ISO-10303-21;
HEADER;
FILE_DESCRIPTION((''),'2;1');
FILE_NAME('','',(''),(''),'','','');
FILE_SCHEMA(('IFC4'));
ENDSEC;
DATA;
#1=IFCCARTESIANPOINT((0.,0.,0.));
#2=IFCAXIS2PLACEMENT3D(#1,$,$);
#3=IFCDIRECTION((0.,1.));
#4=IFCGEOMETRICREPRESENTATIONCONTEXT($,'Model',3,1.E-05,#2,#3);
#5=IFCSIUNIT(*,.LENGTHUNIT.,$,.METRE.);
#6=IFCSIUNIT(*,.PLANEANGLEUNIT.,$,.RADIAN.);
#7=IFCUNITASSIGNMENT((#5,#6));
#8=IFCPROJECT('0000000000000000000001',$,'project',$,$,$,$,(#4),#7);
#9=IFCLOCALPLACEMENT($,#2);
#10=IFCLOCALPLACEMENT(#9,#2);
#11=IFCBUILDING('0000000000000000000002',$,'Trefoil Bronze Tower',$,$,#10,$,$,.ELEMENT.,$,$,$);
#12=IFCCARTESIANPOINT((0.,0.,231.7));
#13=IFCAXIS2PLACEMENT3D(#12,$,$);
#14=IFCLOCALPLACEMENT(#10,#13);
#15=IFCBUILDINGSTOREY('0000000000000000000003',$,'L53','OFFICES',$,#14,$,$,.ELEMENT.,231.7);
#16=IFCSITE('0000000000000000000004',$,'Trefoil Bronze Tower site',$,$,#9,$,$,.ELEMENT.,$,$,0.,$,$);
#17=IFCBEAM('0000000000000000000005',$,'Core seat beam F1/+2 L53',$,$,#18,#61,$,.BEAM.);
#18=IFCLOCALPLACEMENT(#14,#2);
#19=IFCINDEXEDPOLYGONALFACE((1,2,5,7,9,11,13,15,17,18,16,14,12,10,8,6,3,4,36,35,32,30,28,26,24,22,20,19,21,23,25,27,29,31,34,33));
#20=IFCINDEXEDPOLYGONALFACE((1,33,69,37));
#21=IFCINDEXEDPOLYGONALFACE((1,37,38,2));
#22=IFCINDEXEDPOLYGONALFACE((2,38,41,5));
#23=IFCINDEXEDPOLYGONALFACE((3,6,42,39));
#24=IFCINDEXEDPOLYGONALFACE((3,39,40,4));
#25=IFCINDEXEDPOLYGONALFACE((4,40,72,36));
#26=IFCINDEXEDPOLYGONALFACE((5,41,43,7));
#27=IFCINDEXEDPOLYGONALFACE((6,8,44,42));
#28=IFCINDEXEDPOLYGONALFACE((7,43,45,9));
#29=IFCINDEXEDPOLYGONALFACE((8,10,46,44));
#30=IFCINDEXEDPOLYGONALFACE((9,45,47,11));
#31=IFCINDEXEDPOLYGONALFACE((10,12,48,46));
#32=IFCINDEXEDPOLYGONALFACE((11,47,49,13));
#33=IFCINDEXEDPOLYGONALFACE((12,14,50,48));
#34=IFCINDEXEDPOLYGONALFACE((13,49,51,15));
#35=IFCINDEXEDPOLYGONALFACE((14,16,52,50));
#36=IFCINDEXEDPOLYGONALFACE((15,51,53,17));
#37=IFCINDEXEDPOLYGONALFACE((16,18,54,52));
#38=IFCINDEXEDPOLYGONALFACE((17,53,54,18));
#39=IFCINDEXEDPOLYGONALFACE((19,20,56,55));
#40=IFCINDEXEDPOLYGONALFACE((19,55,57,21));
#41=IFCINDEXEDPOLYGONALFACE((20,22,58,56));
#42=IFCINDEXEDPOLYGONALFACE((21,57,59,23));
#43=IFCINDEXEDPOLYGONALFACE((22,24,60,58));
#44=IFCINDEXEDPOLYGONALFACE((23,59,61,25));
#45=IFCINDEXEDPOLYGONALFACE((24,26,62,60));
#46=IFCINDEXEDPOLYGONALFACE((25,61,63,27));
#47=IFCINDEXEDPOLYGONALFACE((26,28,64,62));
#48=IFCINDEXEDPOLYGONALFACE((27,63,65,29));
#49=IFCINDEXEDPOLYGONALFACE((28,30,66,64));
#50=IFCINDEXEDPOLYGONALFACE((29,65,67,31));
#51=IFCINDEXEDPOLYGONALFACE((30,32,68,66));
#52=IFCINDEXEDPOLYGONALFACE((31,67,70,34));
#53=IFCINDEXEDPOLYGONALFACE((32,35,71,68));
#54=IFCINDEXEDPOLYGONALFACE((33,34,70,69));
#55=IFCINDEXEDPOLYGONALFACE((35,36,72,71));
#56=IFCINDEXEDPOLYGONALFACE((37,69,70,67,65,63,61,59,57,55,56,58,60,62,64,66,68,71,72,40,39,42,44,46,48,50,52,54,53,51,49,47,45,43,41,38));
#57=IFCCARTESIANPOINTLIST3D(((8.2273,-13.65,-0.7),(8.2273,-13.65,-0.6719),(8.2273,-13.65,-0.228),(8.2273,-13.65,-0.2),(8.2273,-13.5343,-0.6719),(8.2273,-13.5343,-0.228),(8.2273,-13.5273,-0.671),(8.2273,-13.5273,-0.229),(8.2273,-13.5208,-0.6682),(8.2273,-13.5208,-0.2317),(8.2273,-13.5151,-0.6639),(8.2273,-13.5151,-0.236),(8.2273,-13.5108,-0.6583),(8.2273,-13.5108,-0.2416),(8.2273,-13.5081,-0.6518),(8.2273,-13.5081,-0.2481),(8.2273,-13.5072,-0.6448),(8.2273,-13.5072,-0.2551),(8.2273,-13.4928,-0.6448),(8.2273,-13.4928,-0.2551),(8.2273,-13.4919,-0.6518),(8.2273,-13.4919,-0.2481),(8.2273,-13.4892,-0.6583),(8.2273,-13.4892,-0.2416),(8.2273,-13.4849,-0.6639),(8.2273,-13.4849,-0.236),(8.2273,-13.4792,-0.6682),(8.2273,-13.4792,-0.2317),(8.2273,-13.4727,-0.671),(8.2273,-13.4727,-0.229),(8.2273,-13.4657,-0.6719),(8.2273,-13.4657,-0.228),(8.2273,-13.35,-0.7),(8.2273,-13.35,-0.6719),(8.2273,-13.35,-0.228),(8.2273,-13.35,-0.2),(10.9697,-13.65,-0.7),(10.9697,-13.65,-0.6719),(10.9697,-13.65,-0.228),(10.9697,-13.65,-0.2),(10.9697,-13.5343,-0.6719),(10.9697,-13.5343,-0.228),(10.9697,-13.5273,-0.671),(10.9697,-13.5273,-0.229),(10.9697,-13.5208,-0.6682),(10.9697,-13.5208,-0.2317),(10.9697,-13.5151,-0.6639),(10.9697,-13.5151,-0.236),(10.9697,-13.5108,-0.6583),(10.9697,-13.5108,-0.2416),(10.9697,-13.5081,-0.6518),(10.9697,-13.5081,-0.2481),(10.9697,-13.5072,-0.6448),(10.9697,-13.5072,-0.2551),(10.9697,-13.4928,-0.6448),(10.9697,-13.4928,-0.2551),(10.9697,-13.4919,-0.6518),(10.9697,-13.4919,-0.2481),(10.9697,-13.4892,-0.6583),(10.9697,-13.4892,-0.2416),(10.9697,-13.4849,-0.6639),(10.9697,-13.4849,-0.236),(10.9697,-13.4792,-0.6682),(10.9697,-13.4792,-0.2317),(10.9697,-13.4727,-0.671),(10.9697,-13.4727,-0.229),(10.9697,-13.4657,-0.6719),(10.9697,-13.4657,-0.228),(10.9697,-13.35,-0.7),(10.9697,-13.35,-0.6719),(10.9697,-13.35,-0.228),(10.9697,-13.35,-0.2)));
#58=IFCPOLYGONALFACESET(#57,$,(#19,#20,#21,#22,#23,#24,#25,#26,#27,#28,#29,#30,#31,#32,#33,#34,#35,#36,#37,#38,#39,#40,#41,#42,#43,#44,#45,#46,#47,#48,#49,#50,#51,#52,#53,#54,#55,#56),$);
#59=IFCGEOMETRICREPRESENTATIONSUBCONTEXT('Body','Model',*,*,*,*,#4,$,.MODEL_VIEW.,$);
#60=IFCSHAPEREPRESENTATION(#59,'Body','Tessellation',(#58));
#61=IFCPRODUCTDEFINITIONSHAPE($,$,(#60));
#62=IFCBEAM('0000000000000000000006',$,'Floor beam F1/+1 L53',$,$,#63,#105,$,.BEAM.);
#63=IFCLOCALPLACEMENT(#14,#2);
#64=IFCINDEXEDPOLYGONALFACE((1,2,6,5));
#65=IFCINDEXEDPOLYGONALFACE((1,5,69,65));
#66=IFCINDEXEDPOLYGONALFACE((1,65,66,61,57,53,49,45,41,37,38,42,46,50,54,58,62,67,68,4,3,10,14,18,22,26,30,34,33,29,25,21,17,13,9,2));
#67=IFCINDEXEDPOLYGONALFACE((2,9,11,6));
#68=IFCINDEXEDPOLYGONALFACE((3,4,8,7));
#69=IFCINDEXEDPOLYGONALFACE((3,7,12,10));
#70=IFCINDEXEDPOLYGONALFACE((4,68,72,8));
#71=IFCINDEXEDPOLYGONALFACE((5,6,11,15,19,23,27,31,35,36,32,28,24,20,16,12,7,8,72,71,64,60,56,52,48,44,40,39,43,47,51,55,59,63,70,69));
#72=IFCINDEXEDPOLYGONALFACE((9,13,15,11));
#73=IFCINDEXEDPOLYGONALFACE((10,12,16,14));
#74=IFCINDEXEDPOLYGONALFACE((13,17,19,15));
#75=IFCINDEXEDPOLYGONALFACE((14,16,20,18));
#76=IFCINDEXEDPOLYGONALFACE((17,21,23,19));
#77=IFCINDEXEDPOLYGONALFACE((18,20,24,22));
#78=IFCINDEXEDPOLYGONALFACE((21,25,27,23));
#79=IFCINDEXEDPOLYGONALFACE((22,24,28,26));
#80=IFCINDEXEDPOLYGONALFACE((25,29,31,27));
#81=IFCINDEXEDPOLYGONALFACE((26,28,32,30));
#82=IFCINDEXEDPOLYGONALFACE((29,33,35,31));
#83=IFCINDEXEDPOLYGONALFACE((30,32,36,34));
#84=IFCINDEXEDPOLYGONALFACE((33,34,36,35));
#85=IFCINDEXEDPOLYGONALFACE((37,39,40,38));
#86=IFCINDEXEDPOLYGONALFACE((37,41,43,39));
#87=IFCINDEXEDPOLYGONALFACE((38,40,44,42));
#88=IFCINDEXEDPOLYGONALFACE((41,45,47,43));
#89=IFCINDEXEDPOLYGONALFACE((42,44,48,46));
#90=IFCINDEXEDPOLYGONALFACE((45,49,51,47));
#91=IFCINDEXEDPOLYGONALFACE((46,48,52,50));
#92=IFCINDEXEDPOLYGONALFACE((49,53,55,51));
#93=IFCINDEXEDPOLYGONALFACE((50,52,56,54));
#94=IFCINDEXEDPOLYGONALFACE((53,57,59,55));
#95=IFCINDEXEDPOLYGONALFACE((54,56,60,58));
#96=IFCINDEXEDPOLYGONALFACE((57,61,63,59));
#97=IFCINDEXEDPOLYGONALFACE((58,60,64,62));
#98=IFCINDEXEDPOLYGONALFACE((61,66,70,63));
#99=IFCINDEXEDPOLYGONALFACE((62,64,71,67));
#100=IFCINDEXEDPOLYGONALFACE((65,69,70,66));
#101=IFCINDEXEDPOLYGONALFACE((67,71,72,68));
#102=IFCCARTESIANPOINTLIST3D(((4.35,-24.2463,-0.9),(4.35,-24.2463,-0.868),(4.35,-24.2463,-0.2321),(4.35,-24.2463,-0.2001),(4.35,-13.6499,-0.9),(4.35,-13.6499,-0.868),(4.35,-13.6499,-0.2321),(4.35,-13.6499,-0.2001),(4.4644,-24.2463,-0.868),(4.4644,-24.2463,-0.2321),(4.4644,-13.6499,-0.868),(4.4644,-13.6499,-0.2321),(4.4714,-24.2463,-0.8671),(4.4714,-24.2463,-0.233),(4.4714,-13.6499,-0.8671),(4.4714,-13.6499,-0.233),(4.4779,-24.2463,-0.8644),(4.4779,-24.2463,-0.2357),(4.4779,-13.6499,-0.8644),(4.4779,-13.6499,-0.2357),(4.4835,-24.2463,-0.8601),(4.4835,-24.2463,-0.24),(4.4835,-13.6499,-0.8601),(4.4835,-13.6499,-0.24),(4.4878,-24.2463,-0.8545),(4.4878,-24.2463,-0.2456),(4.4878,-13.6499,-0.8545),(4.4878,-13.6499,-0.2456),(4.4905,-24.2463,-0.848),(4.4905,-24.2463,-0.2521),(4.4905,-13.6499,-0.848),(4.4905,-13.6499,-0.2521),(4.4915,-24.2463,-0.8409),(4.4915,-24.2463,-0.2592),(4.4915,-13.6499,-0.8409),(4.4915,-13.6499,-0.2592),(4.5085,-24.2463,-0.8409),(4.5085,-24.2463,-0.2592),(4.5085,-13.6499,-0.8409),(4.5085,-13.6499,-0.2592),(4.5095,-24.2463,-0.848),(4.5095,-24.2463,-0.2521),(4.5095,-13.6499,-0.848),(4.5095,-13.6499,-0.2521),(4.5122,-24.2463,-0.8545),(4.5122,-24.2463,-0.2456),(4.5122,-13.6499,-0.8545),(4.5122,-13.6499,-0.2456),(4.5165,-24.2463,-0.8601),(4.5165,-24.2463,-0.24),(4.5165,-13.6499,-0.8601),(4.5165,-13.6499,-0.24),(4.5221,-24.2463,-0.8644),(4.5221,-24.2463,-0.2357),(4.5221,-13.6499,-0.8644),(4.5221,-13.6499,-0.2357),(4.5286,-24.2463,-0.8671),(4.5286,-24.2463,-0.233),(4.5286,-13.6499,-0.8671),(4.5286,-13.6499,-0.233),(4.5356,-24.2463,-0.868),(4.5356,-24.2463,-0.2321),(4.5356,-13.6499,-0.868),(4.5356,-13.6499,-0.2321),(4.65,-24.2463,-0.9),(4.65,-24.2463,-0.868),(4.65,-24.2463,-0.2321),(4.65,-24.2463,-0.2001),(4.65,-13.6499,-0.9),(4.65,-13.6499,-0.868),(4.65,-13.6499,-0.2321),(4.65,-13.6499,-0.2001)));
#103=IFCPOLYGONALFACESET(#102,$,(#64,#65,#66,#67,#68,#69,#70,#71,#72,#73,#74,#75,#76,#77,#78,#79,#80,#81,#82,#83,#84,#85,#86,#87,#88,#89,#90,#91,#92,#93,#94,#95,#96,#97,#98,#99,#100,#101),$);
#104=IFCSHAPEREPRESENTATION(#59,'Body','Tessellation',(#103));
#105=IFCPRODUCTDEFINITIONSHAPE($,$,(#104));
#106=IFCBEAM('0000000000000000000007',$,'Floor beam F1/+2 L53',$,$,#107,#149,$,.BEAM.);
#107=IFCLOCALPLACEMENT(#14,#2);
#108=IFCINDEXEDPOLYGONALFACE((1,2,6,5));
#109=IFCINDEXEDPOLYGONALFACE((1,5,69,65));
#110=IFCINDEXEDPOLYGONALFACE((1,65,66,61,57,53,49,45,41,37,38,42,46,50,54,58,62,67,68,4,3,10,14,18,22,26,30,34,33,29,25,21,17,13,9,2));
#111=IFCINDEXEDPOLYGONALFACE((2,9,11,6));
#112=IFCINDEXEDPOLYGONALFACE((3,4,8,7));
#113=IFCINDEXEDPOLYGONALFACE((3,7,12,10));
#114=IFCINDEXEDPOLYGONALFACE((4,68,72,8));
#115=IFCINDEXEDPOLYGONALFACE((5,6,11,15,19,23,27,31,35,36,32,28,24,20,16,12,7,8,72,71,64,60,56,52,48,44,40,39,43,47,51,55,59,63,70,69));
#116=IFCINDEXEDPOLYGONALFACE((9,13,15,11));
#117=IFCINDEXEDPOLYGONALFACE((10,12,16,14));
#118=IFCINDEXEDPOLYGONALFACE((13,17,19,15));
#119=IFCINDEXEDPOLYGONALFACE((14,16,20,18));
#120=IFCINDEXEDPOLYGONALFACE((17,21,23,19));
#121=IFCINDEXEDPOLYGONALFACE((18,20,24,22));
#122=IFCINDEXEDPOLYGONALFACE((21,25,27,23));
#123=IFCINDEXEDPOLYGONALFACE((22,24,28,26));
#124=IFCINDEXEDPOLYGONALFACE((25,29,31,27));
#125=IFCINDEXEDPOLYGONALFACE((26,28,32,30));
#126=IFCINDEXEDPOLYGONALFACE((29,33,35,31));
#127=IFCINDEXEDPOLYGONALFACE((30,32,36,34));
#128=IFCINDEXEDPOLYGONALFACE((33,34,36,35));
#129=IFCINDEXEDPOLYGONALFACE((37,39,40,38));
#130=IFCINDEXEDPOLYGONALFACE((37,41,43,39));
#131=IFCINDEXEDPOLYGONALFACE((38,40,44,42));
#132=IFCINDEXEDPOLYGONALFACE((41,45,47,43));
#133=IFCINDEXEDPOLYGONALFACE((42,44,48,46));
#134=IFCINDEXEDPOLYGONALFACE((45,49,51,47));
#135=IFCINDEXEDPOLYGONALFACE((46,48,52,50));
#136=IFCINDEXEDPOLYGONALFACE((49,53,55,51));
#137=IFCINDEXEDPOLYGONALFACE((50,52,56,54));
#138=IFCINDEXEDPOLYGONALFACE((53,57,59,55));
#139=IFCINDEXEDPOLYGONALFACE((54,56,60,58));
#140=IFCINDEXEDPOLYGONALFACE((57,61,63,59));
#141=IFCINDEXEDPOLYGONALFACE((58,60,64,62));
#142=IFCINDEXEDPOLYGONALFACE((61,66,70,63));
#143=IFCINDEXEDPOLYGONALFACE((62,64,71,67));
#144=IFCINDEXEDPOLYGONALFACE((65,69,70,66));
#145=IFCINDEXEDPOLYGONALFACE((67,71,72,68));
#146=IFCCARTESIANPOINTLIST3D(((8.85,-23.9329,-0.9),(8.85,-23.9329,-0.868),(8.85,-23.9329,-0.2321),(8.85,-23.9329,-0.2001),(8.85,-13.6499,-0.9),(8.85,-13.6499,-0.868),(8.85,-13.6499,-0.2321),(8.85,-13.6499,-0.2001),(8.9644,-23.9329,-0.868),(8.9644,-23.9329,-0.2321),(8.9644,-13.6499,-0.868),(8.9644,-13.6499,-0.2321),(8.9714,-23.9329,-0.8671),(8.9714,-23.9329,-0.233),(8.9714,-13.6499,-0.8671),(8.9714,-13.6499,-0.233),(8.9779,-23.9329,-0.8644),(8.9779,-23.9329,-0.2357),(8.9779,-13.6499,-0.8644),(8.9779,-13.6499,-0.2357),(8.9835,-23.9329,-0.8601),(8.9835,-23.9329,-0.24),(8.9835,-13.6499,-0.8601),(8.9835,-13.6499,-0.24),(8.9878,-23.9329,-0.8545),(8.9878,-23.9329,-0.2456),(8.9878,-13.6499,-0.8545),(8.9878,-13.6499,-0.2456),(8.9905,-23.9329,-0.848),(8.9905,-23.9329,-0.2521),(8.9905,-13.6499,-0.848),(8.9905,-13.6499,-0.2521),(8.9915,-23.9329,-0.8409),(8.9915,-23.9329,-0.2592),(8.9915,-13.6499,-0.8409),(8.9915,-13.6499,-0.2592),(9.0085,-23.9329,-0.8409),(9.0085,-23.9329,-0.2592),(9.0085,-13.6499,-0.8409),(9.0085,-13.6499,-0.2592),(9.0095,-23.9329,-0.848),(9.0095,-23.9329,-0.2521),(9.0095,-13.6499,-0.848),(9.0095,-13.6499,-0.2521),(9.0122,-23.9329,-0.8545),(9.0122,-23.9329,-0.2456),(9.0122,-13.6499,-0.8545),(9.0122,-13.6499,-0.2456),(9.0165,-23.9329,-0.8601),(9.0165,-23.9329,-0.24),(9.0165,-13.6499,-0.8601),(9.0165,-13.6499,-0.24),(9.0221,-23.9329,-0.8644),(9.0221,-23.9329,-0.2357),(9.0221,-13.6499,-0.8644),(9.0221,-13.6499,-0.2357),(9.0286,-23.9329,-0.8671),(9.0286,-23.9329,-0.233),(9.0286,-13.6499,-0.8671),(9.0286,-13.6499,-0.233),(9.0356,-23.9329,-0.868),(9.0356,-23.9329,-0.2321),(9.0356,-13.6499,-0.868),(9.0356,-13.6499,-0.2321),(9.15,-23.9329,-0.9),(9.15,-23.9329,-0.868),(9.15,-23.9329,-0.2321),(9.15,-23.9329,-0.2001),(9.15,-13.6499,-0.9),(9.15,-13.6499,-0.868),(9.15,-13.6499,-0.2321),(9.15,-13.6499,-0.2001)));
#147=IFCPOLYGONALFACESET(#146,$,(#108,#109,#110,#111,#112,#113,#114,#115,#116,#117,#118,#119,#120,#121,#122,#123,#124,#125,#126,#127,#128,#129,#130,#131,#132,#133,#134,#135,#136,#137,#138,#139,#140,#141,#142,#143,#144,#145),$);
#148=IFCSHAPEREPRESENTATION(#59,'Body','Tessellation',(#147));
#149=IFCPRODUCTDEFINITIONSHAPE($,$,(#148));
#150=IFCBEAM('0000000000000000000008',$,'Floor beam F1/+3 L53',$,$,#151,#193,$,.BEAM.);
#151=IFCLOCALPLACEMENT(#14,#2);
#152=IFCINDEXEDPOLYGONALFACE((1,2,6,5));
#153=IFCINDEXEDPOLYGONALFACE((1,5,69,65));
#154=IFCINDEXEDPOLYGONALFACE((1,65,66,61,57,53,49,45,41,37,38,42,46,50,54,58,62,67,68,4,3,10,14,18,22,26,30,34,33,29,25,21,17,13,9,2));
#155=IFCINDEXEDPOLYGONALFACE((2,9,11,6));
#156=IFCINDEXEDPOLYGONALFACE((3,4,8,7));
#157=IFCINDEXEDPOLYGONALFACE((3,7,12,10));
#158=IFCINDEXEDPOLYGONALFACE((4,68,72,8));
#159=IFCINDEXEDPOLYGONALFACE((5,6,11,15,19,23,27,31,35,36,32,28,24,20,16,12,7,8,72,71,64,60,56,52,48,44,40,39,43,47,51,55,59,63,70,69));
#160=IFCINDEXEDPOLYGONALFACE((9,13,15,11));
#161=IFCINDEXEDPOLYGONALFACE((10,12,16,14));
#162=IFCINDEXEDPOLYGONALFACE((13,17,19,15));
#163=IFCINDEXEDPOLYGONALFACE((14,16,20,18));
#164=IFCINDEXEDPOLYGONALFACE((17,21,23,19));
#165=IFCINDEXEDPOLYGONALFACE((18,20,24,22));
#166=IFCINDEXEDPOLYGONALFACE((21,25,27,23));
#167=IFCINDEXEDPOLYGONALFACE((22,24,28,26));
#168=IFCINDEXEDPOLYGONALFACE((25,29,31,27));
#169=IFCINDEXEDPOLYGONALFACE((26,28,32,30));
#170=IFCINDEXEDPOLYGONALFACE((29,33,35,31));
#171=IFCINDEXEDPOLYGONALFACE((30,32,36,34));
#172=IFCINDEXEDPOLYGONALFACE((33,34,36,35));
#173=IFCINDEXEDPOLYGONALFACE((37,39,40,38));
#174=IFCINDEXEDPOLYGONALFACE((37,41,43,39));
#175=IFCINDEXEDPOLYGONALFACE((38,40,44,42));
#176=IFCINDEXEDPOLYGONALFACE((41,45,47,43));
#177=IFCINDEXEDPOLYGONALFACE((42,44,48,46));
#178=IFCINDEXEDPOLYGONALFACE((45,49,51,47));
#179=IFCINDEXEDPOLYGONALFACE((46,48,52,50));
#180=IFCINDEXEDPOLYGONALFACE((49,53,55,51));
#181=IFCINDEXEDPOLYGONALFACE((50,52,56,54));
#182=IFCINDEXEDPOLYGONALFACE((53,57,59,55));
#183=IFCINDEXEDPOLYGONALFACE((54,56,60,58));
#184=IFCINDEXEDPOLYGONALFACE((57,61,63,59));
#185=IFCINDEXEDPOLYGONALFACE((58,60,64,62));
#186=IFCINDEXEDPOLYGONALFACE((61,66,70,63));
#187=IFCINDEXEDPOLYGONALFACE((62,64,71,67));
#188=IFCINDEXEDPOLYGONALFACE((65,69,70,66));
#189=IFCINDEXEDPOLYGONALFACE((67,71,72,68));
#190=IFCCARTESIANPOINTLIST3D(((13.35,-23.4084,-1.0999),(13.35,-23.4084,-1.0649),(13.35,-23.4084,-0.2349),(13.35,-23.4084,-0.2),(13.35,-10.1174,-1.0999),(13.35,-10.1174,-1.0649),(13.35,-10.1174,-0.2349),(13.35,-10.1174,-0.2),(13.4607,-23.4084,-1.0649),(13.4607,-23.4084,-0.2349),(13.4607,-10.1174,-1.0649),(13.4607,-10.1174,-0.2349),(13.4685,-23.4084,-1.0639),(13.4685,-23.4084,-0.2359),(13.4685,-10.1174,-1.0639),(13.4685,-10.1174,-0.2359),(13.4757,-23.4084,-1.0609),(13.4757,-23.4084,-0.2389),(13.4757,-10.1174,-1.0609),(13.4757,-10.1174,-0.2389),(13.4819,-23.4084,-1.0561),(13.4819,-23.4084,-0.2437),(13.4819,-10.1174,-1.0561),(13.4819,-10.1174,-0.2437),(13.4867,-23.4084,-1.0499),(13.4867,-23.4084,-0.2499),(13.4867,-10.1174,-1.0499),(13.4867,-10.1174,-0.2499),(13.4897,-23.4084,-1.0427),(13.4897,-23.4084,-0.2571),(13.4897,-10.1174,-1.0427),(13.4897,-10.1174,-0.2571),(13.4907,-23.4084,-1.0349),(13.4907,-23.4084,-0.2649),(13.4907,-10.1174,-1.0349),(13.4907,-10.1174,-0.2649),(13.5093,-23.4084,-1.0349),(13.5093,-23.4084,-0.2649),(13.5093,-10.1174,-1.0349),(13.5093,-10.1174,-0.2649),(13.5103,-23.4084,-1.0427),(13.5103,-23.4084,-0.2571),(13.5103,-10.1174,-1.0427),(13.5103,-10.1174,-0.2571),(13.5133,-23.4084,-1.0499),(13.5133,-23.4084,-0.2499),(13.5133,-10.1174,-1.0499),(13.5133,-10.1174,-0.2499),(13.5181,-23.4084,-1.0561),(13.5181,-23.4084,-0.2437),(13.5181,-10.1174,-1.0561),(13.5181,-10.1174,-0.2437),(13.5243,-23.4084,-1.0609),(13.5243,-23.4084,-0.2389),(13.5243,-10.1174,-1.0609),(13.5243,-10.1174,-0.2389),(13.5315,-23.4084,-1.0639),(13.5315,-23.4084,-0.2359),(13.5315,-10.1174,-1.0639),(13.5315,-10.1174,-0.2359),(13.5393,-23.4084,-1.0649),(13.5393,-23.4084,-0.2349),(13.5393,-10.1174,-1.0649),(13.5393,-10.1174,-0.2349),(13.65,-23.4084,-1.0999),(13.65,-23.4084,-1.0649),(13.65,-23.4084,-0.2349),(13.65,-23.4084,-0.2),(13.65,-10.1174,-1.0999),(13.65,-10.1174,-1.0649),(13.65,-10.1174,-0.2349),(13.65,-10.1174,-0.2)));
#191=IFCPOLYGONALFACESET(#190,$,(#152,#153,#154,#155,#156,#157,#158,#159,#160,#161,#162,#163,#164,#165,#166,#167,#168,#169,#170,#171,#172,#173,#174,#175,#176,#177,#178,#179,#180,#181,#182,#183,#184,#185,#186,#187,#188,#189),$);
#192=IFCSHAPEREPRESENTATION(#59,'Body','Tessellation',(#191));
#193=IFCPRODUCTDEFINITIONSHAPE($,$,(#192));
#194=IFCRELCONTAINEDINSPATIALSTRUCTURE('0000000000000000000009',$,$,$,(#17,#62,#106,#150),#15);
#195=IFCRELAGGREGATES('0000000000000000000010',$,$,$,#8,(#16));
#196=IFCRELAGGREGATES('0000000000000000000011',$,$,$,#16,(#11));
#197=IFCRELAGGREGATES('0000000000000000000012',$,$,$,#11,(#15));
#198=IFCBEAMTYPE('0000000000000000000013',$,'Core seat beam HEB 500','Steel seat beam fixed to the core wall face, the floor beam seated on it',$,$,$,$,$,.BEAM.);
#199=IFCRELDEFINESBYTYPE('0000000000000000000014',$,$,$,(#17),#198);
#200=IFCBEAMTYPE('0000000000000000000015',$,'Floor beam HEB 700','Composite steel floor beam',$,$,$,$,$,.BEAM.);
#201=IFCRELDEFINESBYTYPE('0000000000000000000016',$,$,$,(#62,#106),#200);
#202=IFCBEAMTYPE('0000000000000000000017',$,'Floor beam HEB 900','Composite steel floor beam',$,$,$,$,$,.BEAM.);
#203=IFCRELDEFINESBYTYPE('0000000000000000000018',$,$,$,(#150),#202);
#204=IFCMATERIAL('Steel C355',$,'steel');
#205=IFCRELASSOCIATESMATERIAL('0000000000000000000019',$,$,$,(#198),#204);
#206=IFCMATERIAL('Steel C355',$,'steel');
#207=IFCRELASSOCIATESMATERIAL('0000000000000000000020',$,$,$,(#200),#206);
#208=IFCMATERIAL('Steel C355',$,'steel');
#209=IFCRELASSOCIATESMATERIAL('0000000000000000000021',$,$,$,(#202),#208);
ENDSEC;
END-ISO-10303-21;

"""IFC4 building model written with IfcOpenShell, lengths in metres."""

from ifc_helpers import new_model, si_unit, direction, frame, origin, origin_2d, place, context, subcontext, project, spatial, i_section, extrude, material, material_profile, profile_set, type_object, element, save


model = new_model("IFC4")

# Units and contexts
model_context = context("Model", 3, precision=1e-05, world=origin(), true_north=direction((0.0, 1.0)))
body_context = subcontext(model_context, "Body", "Model", "MODEL_VIEW")
ifc_project = project(units=[si_unit("LENGTHUNIT", "METRE"), si_unit("PLANEANGLEUNIT", "RADIAN")], contexts=[model_context])

# Site, building, storey
site_placement = place(None, origin())
site = spatial("IfcSite", under=ifc_project, at=site_placement, Name="Trefoil Bronze Tower site", CompositionType="ELEMENT", RefElevation=0.0)
building_placement = place(site_placement, origin())
building = spatial("IfcBuilding", under=site, at=building_placement, Name="Trefoil Bronze Tower", CompositionType="ELEMENT")
storey_placement = place(building_placement, frame((0.0, 0.0, 231.7)))
storey = spatial("IfcBuildingStorey", under=building, at=storey_placement, Name="L53", Description="OFFICES", CompositionType="ELEMENT", Elevation=231.7)

# Beams
ifc_material_1 = material(Name="Steel C355", Category="steel")
ifc_material_profile_1 = material_profile(ifc_material_1, i_section(OverallWidth=0.3, OverallDepth=0.5, WebThickness=0.0144, FlangeThickness=0.0281, FilletRadius=0.0271, at=origin_2d()), Name="HEB 500")
ifc_profile_set_1 = profile_set([ifc_material_profile_1], Name="Steel C355")
beam_type_1 = type_object("IfcBeamType", Name="Core seat beam HEB 500", Description="Steel seat beam fixed to the core wall face, the floor beam seated on it", PredefinedType="BEAM", material=ifc_profile_set_1)
for number, where, z_axis, x_axis, name in (
    (1, (8.2273, -13.5, -0.45), (1.0, 0.0, 0.0), (0.0, 1.0, 0.0), "Core seat beam F1/+2 L53"),
):
    element("IfcBeam", number, at=place(storey_placement, frame(where, z_axis=z_axis, x_axis=x_axis)), inside=storey, type_object=beam_type_1, Name=name, PredefinedType="BEAM", context=body_context, shape_type="SweptSolid", body=[
        extrude(i_section(OverallWidth=0.3, OverallDepth=0.5, WebThickness=0.0144, FlangeThickness=0.0281, FilletRadius=0.0271, at=origin_2d()), origin(), (0.0, 0.0, 1.0), 2.7424),
    ])
ifc_material_2 = material(Name="Steel C355", Category="steel")
ifc_material_profile_2 = material_profile(ifc_material_2, i_section(OverallWidth=0.3, OverallDepth=0.7, WebThickness=0.0171, FlangeThickness=0.032, FilletRadius=0.0271, at=origin_2d()), Name="HEB 700")
ifc_profile_set_2 = profile_set([ifc_material_profile_2], Name="Steel C355")
beam_type_2 = type_object("IfcBeamType", Name="Floor beam HEB 700", Description="Composite steel floor beam", PredefinedType="BEAM", material=ifc_profile_set_2)
beam_1_placement = place(storey_placement, frame((4.5, -24.2463, -0.55), z_axis=(0.0, 1.0, 0.0), x_axis=(-1.0, 0.0, 0.0)))
element("IfcBeam", 2, at=beam_1_placement, inside=storey, type_object=beam_type_2, Name="Floor beam F1/+1 L53", PredefinedType="BEAM", context=body_context, shape_type="SweptSolid", body=[
    extrude(i_section(OverallWidth=0.3, OverallDepth=0.7, WebThickness=0.0171, FlangeThickness=0.032, FilletRadius=0.0271, at=origin_2d()), origin(), (0.0, 0.0, 1.0), 10.5964),
])
beam_2_placement = place(storey_placement, frame((9.0, -23.9329, -0.55), z_axis=(0.0, 1.0, 0.0), x_axis=(-1.0, 0.0, 0.0)))
element("IfcBeam", 3, at=beam_2_placement, inside=storey, type_object=beam_type_2, Name="Floor beam F1/+2 L53", PredefinedType="BEAM", context=body_context, shape_type="SweptSolid", body=[
    extrude(i_section(OverallWidth=0.3, OverallDepth=0.7, WebThickness=0.0171, FlangeThickness=0.032, FilletRadius=0.0271, at=origin_2d()), origin(), (0.0, 0.0, 1.0), 10.283),
])
ifc_material_3 = material(Name="Steel C355", Category="steel")
ifc_material_profile_3 = material_profile(ifc_material_3, i_section(OverallWidth=0.3, OverallDepth=0.8999, WebThickness=0.0186, FlangeThickness=0.0349, FilletRadius=0.03, at=origin_2d()), Name="HEB 900")
ifc_profile_set_3 = profile_set([ifc_material_profile_3], Name="Steel C355")
beam_type_3 = type_object("IfcBeamType", Name="Floor beam HEB 900", Description="Composite steel floor beam", PredefinedType="BEAM", material=ifc_profile_set_3)
beam_3_placement = place(storey_placement, frame((13.5, -23.4084, -0.6499), z_axis=(0.0, 1.0, 0.0), x_axis=(-1.0, 0.0, 0.0)))
element("IfcBeam", 4, at=beam_3_placement, inside=storey, type_object=beam_type_3, Name="Floor beam F1/+3 L53", PredefinedType="BEAM", context=body_context, shape_type="SweptSolid", body=[
    extrude(i_section(OverallWidth=0.3, OverallDepth=0.8999, WebThickness=0.0186, FlangeThickness=0.0349, FilletRadius=0.03, at=origin_2d()), origin(), (0.0, 0.0, 1.0), 13.291),
])

save(model, "model.ifc")
